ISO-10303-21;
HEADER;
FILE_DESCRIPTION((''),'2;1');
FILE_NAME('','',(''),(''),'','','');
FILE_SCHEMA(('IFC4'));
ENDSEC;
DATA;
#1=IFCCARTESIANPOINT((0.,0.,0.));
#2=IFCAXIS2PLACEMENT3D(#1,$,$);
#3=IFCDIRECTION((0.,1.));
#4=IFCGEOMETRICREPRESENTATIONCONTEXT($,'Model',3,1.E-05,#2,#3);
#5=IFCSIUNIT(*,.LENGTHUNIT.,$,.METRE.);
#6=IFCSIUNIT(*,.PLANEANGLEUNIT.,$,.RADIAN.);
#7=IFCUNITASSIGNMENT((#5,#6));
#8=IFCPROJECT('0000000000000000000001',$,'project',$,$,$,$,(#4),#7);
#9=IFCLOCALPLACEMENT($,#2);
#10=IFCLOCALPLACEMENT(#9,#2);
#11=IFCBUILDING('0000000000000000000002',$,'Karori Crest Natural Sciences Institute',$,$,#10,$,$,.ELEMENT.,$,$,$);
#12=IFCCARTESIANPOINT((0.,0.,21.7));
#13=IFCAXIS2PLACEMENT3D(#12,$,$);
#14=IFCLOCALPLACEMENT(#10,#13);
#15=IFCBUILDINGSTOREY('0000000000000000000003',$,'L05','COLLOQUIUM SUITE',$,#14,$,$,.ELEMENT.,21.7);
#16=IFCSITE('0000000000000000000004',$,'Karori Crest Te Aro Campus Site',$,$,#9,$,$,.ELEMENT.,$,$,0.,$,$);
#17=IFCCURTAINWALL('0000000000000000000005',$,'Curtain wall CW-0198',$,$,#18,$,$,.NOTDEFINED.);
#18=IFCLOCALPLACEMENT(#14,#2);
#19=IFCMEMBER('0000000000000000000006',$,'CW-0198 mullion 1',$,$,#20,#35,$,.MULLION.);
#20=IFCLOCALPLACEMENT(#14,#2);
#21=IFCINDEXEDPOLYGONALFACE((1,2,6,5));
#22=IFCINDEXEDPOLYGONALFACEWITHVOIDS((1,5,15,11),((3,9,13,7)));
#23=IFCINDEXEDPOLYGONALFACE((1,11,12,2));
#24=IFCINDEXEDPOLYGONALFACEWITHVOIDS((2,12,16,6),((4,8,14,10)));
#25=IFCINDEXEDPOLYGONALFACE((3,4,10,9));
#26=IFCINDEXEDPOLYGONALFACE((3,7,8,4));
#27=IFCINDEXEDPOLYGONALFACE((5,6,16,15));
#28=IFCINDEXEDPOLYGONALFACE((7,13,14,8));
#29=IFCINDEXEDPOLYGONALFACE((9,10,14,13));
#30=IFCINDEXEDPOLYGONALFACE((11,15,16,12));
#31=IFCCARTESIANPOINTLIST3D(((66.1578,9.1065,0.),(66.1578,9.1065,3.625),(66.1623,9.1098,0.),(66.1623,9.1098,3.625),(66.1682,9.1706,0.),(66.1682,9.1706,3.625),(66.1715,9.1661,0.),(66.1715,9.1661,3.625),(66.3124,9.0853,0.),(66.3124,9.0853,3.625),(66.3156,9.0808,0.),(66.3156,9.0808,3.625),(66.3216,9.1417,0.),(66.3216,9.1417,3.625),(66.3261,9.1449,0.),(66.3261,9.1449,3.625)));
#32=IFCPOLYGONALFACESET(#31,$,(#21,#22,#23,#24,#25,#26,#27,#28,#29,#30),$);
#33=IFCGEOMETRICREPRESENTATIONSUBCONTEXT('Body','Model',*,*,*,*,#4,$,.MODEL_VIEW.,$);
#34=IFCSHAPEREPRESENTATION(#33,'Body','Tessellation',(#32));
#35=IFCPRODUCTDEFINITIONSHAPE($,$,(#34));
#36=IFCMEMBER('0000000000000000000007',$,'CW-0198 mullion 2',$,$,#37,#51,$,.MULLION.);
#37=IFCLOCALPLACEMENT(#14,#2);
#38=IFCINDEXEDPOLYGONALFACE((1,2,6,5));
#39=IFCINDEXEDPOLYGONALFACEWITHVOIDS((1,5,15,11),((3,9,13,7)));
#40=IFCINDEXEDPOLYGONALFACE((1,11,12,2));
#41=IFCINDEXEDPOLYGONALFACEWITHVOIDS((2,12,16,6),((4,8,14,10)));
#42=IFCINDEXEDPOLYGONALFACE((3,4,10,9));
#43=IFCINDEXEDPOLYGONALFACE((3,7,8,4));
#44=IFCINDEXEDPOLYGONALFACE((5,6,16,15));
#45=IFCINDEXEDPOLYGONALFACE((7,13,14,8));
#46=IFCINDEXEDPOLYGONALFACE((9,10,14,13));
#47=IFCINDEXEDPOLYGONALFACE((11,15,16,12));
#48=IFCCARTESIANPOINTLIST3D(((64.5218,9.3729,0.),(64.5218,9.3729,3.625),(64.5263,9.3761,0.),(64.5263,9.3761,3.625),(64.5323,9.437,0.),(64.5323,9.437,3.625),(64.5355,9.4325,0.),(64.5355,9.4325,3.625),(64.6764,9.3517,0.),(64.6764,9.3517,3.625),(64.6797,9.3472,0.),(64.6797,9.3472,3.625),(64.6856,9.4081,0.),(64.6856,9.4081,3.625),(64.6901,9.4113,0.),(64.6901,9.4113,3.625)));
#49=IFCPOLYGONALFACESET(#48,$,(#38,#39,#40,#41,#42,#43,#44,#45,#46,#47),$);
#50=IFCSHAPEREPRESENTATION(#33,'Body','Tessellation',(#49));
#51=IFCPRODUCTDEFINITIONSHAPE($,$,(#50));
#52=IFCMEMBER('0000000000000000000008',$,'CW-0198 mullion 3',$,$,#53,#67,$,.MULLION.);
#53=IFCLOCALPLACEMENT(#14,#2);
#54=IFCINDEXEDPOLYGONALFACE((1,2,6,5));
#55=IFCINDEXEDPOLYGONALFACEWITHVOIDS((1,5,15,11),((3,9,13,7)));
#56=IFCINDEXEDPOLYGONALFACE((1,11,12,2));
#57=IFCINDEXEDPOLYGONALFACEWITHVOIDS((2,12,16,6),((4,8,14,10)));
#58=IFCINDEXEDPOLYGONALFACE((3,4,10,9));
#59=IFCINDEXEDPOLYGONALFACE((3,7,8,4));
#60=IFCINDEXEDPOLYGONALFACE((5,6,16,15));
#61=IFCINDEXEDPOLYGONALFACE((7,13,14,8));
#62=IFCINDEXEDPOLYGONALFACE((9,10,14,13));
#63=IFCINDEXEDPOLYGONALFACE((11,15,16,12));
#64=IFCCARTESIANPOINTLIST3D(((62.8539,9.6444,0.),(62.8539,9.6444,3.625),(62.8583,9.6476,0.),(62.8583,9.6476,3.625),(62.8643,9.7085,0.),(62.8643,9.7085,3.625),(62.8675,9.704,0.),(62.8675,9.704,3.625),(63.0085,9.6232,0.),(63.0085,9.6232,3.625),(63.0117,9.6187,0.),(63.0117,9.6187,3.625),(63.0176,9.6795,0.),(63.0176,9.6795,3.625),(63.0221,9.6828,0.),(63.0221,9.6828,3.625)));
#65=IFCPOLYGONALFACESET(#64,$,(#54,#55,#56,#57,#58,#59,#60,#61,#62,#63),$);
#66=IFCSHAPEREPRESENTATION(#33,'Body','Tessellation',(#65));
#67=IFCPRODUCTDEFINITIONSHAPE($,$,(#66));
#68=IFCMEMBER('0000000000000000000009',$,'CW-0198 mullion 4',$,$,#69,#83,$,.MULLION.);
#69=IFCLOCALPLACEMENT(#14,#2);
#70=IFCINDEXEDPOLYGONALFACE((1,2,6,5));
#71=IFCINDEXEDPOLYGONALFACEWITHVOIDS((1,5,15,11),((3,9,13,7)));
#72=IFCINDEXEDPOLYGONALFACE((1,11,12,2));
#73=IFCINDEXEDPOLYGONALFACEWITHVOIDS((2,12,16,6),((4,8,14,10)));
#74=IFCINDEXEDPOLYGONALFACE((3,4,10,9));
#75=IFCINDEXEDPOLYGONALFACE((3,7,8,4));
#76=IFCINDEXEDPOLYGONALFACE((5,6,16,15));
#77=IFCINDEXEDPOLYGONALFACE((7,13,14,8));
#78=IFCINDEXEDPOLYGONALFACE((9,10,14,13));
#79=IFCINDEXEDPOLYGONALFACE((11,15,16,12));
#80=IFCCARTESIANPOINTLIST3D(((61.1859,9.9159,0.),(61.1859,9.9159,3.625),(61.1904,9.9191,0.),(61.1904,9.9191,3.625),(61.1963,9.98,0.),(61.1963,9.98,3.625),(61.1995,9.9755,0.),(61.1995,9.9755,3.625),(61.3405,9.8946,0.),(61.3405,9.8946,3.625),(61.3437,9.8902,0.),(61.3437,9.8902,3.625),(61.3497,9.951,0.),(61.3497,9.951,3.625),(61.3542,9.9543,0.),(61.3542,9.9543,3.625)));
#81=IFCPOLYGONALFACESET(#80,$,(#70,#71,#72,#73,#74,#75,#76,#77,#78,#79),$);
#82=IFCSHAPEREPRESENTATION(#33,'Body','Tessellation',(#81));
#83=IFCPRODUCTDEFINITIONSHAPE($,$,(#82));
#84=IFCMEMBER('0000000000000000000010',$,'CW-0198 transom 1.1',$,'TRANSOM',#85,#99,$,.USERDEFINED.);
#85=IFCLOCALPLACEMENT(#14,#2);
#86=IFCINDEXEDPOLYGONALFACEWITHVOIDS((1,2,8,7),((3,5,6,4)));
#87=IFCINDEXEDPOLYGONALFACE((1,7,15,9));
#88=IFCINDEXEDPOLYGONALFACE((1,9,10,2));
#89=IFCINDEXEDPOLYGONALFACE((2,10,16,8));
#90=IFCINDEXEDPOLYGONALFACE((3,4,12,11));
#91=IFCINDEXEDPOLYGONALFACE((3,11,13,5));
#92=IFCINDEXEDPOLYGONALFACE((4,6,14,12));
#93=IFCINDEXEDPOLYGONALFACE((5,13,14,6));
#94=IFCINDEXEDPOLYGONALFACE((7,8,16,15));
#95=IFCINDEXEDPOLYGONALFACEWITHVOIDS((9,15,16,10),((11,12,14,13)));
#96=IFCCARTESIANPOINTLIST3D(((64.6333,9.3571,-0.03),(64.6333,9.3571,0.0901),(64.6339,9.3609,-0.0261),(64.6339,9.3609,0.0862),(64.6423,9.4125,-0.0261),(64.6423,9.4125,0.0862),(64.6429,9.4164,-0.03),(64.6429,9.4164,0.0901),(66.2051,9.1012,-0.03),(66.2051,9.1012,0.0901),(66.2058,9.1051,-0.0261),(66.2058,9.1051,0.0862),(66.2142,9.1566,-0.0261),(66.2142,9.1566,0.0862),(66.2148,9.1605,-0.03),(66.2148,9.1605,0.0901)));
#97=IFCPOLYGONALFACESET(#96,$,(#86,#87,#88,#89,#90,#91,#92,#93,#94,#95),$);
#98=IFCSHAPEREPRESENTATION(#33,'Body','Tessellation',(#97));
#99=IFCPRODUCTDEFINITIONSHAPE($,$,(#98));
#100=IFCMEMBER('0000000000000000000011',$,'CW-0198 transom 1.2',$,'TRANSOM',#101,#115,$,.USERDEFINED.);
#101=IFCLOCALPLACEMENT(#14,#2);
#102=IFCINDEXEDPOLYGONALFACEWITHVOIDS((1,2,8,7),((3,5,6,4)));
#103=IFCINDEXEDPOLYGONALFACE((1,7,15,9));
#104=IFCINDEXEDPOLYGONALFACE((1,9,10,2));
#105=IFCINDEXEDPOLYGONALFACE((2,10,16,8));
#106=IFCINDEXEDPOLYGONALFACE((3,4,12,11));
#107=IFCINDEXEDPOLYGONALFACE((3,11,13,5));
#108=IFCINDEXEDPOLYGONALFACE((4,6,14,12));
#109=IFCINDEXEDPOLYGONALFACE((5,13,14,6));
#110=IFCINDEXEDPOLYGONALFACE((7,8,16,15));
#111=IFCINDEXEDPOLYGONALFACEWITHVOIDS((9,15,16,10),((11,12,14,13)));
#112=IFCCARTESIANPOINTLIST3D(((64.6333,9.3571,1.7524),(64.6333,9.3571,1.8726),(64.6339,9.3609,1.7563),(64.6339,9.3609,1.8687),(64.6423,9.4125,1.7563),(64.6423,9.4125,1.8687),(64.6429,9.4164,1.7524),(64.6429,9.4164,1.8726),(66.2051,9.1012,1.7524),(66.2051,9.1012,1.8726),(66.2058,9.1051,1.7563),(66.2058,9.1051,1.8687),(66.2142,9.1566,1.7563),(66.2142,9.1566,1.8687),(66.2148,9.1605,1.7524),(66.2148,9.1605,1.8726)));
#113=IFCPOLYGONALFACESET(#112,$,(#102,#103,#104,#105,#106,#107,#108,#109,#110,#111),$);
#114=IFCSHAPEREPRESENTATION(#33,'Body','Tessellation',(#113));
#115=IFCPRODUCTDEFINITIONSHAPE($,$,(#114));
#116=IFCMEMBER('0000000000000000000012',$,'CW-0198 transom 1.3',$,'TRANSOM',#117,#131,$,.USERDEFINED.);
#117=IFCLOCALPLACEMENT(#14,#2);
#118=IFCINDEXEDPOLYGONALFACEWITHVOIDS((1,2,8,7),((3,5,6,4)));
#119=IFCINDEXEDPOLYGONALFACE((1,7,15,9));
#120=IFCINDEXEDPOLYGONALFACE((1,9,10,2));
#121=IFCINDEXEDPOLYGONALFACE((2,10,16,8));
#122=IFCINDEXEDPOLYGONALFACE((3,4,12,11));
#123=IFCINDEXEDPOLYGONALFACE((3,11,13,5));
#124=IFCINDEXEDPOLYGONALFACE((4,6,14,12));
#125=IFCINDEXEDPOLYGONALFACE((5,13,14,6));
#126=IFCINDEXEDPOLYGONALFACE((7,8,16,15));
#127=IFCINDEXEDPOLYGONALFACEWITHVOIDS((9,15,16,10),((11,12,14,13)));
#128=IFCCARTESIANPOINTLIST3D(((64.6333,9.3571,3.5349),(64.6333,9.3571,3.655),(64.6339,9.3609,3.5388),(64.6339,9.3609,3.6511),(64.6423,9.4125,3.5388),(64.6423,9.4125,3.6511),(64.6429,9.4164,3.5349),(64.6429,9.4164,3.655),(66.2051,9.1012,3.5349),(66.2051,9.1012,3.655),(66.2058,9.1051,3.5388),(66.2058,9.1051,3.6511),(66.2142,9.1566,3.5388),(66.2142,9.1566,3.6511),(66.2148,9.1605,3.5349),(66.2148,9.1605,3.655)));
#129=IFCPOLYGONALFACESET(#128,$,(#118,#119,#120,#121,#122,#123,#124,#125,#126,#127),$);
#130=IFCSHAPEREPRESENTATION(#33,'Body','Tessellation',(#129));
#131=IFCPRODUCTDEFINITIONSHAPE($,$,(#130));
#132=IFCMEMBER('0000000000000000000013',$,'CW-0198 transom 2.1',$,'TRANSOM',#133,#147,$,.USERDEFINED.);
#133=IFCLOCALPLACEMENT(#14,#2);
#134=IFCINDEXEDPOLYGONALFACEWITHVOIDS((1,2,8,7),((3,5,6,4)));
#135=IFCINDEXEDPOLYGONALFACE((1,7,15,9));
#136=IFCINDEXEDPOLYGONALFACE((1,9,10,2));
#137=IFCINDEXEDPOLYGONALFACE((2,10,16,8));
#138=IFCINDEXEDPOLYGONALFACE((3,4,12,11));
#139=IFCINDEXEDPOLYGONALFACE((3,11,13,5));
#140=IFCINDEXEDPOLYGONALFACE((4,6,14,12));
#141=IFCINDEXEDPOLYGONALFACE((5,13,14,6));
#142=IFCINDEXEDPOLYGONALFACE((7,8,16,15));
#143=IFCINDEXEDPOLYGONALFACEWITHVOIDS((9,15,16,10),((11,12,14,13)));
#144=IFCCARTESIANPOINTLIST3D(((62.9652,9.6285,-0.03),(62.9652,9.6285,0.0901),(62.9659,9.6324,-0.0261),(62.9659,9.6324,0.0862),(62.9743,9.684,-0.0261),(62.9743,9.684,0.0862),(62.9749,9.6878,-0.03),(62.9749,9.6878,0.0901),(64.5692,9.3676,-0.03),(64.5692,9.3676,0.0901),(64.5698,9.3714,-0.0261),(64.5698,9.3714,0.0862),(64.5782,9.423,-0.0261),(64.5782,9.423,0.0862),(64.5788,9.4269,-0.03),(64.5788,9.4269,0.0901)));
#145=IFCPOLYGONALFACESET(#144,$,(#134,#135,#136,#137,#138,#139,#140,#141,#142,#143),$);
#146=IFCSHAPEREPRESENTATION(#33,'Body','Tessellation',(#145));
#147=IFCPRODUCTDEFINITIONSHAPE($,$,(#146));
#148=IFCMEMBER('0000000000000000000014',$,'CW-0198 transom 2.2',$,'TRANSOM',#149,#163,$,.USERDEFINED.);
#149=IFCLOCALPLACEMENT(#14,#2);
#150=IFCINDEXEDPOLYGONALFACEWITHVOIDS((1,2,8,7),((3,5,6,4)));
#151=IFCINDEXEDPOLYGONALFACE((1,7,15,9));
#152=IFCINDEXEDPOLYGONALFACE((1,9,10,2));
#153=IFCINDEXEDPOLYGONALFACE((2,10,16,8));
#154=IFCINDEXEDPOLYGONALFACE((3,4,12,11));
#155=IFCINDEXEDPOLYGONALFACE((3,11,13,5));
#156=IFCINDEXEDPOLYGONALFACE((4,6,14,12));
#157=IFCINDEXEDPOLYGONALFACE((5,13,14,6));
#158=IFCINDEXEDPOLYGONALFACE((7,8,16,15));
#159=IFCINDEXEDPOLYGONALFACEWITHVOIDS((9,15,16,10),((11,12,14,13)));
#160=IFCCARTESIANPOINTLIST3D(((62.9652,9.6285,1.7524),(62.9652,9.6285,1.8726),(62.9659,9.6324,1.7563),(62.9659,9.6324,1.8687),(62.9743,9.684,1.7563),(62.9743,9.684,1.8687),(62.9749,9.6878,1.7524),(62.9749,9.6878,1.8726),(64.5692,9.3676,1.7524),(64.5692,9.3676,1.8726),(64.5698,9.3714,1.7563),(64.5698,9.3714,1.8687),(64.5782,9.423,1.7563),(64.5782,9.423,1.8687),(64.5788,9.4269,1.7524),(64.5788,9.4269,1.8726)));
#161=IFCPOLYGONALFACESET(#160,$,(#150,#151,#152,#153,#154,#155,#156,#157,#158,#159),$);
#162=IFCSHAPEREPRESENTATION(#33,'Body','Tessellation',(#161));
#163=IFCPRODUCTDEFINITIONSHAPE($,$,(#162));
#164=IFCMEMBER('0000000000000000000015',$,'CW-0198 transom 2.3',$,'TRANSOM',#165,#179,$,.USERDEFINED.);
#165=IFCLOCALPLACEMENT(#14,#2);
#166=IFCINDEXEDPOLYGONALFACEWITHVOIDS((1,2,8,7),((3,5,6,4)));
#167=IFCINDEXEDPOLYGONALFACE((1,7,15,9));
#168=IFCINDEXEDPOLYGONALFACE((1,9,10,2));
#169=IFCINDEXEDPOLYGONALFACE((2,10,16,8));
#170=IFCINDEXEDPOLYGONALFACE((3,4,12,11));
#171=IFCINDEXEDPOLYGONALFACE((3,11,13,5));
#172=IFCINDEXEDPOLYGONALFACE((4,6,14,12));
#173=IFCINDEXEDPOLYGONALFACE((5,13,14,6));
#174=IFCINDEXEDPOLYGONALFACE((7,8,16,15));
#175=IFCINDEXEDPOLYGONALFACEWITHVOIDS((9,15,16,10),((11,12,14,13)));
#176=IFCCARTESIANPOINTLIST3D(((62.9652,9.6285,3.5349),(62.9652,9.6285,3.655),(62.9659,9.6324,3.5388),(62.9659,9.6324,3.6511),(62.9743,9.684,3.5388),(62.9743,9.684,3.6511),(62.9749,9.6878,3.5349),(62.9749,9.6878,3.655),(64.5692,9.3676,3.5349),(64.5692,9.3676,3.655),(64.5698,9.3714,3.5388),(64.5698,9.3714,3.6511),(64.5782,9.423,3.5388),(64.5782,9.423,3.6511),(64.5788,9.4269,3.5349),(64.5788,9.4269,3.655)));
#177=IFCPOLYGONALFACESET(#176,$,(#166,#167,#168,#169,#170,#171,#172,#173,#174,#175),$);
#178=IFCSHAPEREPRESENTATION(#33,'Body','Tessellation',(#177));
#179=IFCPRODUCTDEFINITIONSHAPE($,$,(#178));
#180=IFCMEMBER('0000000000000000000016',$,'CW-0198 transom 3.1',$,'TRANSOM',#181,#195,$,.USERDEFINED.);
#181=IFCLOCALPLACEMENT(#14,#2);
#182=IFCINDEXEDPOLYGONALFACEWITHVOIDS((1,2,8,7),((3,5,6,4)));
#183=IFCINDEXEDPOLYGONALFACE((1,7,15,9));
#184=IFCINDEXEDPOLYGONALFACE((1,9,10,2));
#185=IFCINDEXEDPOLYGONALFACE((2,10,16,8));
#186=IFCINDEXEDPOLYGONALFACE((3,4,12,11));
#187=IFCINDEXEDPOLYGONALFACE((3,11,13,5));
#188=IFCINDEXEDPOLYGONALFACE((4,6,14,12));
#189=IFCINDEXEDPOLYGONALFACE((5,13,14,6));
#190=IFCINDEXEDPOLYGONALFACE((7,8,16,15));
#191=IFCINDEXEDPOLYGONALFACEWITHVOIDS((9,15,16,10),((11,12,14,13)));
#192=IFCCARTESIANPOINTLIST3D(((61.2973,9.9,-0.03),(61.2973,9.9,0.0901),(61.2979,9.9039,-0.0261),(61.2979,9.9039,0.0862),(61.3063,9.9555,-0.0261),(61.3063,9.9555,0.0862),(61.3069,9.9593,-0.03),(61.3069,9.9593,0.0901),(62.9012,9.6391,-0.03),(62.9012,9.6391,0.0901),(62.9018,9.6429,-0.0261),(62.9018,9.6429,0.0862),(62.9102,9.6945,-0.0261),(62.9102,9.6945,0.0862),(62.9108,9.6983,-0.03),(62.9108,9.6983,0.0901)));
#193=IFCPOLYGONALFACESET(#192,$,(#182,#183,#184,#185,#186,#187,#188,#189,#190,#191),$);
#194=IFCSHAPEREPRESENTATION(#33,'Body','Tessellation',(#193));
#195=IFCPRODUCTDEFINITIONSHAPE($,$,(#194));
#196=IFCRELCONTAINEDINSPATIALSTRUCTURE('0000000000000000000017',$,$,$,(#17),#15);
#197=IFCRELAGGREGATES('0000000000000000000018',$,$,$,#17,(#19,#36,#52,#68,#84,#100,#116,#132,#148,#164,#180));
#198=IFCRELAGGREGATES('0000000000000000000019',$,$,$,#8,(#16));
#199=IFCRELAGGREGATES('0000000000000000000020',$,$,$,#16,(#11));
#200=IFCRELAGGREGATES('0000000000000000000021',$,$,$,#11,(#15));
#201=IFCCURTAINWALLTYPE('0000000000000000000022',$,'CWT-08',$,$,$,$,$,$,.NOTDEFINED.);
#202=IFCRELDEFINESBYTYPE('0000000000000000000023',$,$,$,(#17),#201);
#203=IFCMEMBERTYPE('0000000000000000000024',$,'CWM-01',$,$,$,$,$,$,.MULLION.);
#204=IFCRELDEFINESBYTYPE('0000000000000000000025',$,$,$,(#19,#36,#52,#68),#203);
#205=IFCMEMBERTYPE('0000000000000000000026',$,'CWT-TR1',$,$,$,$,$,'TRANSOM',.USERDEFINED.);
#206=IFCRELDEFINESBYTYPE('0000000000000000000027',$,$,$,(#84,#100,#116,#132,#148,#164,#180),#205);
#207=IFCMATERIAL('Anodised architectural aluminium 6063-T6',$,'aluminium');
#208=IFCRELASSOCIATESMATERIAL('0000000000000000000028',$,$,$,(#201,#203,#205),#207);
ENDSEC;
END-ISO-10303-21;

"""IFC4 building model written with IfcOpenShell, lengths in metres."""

from ifc_helpers import new_model, si_unit, direction, frame, origin, origin_2d, place, context, subcontext, project, spatial, hollow_rectangle, extrude, material, material_profile, profile_set, type_object, element, aggregate, save


model = new_model("IFC4")

# Units and contexts
model_context = context("Model", 3, precision=1e-05, world=origin(), true_north=direction((0.0, 1.0)))
body_context = subcontext(model_context, "Body", "Model", "MODEL_VIEW")
ifc_project = project(units=[si_unit("LENGTHUNIT", "METRE"), si_unit("PLANEANGLEUNIT", "RADIAN")], contexts=[model_context])

# Site, building, storey
site_placement = place(None, origin())
site = spatial("IfcSite", under=ifc_project, at=site_placement, Name="Karori Crest Te Aro Campus Site", CompositionType="ELEMENT", RefElevation=0.0)
building_placement = place(site_placement, origin())
building = spatial("IfcBuilding", under=site, at=building_placement, Name="Karori Crest Natural Sciences Institute", CompositionType="ELEMENT")
storey_placement = place(building_placement, frame((0.0, 0.0, 21.7)))
storey = spatial("IfcBuildingStorey", under=building, at=storey_placement, Name="L05", Description="COLLOQUIUM SUITE", CompositionType="ELEMENT", Elevation=21.7)

# Curtain wall, members
ifc_material_1 = material(Name="Anodised architectural aluminium 6063-T6", Category="aluminium")
curtain_wall_type = type_object("IfcCurtainWallType", Name="CWT-08", PredefinedType="NOTDEFINED", material=ifc_material_1)
curtain_wall_placement = place(storey_placement, origin())
curtain_wall = element("IfcCurtainWall", 1, at=curtain_wall_placement, inside=storey, type_object=curtain_wall_type, Name="Curtain wall CW-0198", PredefinedType="NOTDEFINED")
ifc_material_profile_1 = material_profile(ifc_material_1, hollow_rectangle(XDim=0.0649, YDim=0.1599, WallThickness=0.0039, at=origin_2d()), Name="CWM160x65x4")
ifc_profile_set_1 = profile_set([ifc_material_profile_1], Name="Anodised architectural aluminium 6063-T6")
member_type_1 = type_object("IfcMemberType", Name="CWM-01", PredefinedType="MULLION", material=ifc_profile_set_1)
member_1_placement = place(storey_placement, frame((66.2419, 9.1257, 0.0), z_axis=(0.0, 0.0, 1.0), x_axis=(-0.160655, -0.987011, 0.0)))
member_1 = element("IfcMember", 2, at=member_1_placement, type_object=member_type_1, Name="CW-0198 mullion 1", PredefinedType="MULLION", context=body_context, shape_type="SweptSolid", body=[
    extrude(hollow_rectangle(XDim=0.0649, YDim=0.1599, WallThickness=0.0039, at=origin_2d()), origin(), (0.0, 0.0, 1.0), 3.625),
])
member_2_placement = place(storey_placement, frame((64.606, 9.3921, 0.0), z_axis=(0.0, 0.0, 1.0), x_axis=(-0.160655, -0.987011, 0.0)))
member_2 = element("IfcMember", 3, at=member_2_placement, type_object=member_type_1, Name="CW-0198 mullion 2", PredefinedType="MULLION", context=body_context, shape_type="SweptSolid", body=[
    extrude(hollow_rectangle(XDim=0.0649, YDim=0.1599, WallThickness=0.0039, at=origin_2d()), origin(), (0.0, 0.0, 1.0), 3.625),
])
member_3_placement = place(storey_placement, frame((62.938, 9.6636, 0.0), z_axis=(0.0, 0.0, 1.0), x_axis=(-0.160655, -0.987011, 0.0)))
member_3 = element("IfcMember", 4, at=member_3_placement, type_object=member_type_1, Name="CW-0198 mullion 3", PredefinedType="MULLION", context=body_context, shape_type="SweptSolid", body=[
    extrude(hollow_rectangle(XDim=0.0649, YDim=0.1599, WallThickness=0.0039, at=origin_2d()), origin(), (0.0, 0.0, 1.0), 3.625),
])
member_4_placement = place(storey_placement, frame((61.27, 9.9351, 0.0), z_axis=(0.0, 0.0, 1.0), x_axis=(-0.160655, -0.987011, 0.0)))
member_4 = element("IfcMember", 5, at=member_4_placement, type_object=member_type_1, Name="CW-0198 mullion 4", PredefinedType="MULLION", context=body_context, shape_type="SweptSolid", body=[
    extrude(hollow_rectangle(XDim=0.0649, YDim=0.1599, WallThickness=0.0039, at=origin_2d()), origin(), (0.0, 0.0, 1.0), 3.625),
])
ifc_material_profile_2 = material_profile(ifc_material_1, hollow_rectangle(XDim=0.0601, YDim=0.1201, WallThickness=0.0039, at=origin_2d()), Name="CWT120x60x4")
ifc_profile_set_2 = profile_set([ifc_material_profile_2], Name="Anodised architectural aluminium 6063-T6")
member_type_2 = type_object("IfcMemberType", Name="CWT-TR1", ElementType="TRANSOM", PredefinedType="USERDEFINED", material=ifc_profile_set_2)
member_5_placement = place(storey_placement, frame((66.21, 9.1309, 0.03), z_axis=(-0.987008, 0.160669, 0.0), x_axis=(-0.160669, -0.987008, 0.0)))
member_5 = element("IfcMember", 6, at=member_5_placement, type_object=member_type_2, Name="CW-0198 transom 1.1", ObjectType="TRANSOM", PredefinedType="USERDEFINED", context=body_context, shape_type="SweptSolid", body=[
    extrude(hollow_rectangle(XDim=0.0601, YDim=0.1201, WallThickness=0.0039, at=origin_2d()), origin(), (0.0, 0.0, 1.0), 1.5925),
])
member_6_placement = place(storey_placement, frame((66.21, 9.1309, 1.8125), z_axis=(-0.987008, 0.160669, 0.0), x_axis=(-0.160669, -0.987008, 0.0)))
member_6 = element("IfcMember", 7, at=member_6_placement, type_object=member_type_2, Name="CW-0198 transom 1.2", ObjectType="TRANSOM", PredefinedType="USERDEFINED", context=body_context, shape_type="SweptSolid", body=[
    extrude(hollow_rectangle(XDim=0.0601, YDim=0.1201, WallThickness=0.0039, at=origin_2d()), origin(), (0.0, 0.0, 1.0), 1.5925),
])
member_7_placement = place(storey_placement, frame((66.21, 9.1309, 3.595), z_axis=(-0.987008, 0.160669, 0.0), x_axis=(-0.160669, -0.987008, 0.0)))
member_7 = element("IfcMember", 8, at=member_7_placement, type_object=member_type_2, Name="CW-0198 transom 1.3", ObjectType="TRANSOM", PredefinedType="USERDEFINED", context=body_context, shape_type="SweptSolid", body=[
    extrude(hollow_rectangle(XDim=0.0601, YDim=0.1201, WallThickness=0.0039, at=origin_2d()), origin(), (0.0, 0.0, 1.0), 1.5925),
])
member_8_placement = place(storey_placement, frame((64.574, 9.3972, 0.03), z_axis=(-0.98702, 0.160597, 0.0), x_axis=(-0.160597, -0.98702, 0.0)))
member_8 = element("IfcMember", 9, at=member_8_placement, type_object=member_type_2, Name="CW-0198 transom 2.1", ObjectType="TRANSOM", PredefinedType="USERDEFINED", context=body_context, shape_type="SweptSolid", body=[
    extrude(hollow_rectangle(XDim=0.0601, YDim=0.1201, WallThickness=0.0039, at=origin_2d()), origin(), (0.0, 0.0, 1.0), 1.625),
])
member_9_placement = place(storey_placement, frame((64.574, 9.3972, 1.8125), z_axis=(-0.98702, 0.160597, 0.0), x_axis=(-0.160597, -0.98702, 0.0)))
member_9 = element("IfcMember", 10, at=member_9_placement, type_object=member_type_2, Name="CW-0198 transom 2.2", ObjectType="TRANSOM", PredefinedType="USERDEFINED", context=body_context, shape_type="SweptSolid", body=[
    extrude(hollow_rectangle(XDim=0.0601, YDim=0.1201, WallThickness=0.0039, at=origin_2d()), origin(), (0.0, 0.0, 1.0), 1.625),
])
member_10_placement = place(storey_placement, frame((64.574, 9.3972, 3.595), z_axis=(-0.98702, 0.160597, 0.0), x_axis=(-0.160597, -0.98702, 0.0)))
member_10 = element("IfcMember", 11, at=member_10_placement, type_object=member_type_2, Name="CW-0198 transom 2.3", ObjectType="TRANSOM", PredefinedType="USERDEFINED", context=body_context, shape_type="SweptSolid", body=[
    extrude(hollow_rectangle(XDim=0.0601, YDim=0.1201, WallThickness=0.0039, at=origin_2d()), origin(), (0.0, 0.0, 1.0), 1.625),
])
member_11_placement = place(storey_placement, frame((62.906, 9.6687, 0.03), z_axis=(-0.98702, 0.160597, 0.0), x_axis=(-0.160597, -0.98702, 0.0)))
member_11 = element("IfcMember", 12, at=member_11_placement, type_object=member_type_2, Name="CW-0198 transom 3.1", ObjectType="TRANSOM", PredefinedType="USERDEFINED", context=body_context, shape_type="SweptSolid", body=[
    extrude(hollow_rectangle(XDim=0.0601, YDim=0.1201, WallThickness=0.0039, at=origin_2d()), origin(), (0.0, 0.0, 1.0), 1.625),
])
aggregate(curtain_wall, [member_1, member_2, member_3, member_4, member_5, member_6, member_7, member_8, member_9, member_10, member_11])

save(model, "model.ifc")
